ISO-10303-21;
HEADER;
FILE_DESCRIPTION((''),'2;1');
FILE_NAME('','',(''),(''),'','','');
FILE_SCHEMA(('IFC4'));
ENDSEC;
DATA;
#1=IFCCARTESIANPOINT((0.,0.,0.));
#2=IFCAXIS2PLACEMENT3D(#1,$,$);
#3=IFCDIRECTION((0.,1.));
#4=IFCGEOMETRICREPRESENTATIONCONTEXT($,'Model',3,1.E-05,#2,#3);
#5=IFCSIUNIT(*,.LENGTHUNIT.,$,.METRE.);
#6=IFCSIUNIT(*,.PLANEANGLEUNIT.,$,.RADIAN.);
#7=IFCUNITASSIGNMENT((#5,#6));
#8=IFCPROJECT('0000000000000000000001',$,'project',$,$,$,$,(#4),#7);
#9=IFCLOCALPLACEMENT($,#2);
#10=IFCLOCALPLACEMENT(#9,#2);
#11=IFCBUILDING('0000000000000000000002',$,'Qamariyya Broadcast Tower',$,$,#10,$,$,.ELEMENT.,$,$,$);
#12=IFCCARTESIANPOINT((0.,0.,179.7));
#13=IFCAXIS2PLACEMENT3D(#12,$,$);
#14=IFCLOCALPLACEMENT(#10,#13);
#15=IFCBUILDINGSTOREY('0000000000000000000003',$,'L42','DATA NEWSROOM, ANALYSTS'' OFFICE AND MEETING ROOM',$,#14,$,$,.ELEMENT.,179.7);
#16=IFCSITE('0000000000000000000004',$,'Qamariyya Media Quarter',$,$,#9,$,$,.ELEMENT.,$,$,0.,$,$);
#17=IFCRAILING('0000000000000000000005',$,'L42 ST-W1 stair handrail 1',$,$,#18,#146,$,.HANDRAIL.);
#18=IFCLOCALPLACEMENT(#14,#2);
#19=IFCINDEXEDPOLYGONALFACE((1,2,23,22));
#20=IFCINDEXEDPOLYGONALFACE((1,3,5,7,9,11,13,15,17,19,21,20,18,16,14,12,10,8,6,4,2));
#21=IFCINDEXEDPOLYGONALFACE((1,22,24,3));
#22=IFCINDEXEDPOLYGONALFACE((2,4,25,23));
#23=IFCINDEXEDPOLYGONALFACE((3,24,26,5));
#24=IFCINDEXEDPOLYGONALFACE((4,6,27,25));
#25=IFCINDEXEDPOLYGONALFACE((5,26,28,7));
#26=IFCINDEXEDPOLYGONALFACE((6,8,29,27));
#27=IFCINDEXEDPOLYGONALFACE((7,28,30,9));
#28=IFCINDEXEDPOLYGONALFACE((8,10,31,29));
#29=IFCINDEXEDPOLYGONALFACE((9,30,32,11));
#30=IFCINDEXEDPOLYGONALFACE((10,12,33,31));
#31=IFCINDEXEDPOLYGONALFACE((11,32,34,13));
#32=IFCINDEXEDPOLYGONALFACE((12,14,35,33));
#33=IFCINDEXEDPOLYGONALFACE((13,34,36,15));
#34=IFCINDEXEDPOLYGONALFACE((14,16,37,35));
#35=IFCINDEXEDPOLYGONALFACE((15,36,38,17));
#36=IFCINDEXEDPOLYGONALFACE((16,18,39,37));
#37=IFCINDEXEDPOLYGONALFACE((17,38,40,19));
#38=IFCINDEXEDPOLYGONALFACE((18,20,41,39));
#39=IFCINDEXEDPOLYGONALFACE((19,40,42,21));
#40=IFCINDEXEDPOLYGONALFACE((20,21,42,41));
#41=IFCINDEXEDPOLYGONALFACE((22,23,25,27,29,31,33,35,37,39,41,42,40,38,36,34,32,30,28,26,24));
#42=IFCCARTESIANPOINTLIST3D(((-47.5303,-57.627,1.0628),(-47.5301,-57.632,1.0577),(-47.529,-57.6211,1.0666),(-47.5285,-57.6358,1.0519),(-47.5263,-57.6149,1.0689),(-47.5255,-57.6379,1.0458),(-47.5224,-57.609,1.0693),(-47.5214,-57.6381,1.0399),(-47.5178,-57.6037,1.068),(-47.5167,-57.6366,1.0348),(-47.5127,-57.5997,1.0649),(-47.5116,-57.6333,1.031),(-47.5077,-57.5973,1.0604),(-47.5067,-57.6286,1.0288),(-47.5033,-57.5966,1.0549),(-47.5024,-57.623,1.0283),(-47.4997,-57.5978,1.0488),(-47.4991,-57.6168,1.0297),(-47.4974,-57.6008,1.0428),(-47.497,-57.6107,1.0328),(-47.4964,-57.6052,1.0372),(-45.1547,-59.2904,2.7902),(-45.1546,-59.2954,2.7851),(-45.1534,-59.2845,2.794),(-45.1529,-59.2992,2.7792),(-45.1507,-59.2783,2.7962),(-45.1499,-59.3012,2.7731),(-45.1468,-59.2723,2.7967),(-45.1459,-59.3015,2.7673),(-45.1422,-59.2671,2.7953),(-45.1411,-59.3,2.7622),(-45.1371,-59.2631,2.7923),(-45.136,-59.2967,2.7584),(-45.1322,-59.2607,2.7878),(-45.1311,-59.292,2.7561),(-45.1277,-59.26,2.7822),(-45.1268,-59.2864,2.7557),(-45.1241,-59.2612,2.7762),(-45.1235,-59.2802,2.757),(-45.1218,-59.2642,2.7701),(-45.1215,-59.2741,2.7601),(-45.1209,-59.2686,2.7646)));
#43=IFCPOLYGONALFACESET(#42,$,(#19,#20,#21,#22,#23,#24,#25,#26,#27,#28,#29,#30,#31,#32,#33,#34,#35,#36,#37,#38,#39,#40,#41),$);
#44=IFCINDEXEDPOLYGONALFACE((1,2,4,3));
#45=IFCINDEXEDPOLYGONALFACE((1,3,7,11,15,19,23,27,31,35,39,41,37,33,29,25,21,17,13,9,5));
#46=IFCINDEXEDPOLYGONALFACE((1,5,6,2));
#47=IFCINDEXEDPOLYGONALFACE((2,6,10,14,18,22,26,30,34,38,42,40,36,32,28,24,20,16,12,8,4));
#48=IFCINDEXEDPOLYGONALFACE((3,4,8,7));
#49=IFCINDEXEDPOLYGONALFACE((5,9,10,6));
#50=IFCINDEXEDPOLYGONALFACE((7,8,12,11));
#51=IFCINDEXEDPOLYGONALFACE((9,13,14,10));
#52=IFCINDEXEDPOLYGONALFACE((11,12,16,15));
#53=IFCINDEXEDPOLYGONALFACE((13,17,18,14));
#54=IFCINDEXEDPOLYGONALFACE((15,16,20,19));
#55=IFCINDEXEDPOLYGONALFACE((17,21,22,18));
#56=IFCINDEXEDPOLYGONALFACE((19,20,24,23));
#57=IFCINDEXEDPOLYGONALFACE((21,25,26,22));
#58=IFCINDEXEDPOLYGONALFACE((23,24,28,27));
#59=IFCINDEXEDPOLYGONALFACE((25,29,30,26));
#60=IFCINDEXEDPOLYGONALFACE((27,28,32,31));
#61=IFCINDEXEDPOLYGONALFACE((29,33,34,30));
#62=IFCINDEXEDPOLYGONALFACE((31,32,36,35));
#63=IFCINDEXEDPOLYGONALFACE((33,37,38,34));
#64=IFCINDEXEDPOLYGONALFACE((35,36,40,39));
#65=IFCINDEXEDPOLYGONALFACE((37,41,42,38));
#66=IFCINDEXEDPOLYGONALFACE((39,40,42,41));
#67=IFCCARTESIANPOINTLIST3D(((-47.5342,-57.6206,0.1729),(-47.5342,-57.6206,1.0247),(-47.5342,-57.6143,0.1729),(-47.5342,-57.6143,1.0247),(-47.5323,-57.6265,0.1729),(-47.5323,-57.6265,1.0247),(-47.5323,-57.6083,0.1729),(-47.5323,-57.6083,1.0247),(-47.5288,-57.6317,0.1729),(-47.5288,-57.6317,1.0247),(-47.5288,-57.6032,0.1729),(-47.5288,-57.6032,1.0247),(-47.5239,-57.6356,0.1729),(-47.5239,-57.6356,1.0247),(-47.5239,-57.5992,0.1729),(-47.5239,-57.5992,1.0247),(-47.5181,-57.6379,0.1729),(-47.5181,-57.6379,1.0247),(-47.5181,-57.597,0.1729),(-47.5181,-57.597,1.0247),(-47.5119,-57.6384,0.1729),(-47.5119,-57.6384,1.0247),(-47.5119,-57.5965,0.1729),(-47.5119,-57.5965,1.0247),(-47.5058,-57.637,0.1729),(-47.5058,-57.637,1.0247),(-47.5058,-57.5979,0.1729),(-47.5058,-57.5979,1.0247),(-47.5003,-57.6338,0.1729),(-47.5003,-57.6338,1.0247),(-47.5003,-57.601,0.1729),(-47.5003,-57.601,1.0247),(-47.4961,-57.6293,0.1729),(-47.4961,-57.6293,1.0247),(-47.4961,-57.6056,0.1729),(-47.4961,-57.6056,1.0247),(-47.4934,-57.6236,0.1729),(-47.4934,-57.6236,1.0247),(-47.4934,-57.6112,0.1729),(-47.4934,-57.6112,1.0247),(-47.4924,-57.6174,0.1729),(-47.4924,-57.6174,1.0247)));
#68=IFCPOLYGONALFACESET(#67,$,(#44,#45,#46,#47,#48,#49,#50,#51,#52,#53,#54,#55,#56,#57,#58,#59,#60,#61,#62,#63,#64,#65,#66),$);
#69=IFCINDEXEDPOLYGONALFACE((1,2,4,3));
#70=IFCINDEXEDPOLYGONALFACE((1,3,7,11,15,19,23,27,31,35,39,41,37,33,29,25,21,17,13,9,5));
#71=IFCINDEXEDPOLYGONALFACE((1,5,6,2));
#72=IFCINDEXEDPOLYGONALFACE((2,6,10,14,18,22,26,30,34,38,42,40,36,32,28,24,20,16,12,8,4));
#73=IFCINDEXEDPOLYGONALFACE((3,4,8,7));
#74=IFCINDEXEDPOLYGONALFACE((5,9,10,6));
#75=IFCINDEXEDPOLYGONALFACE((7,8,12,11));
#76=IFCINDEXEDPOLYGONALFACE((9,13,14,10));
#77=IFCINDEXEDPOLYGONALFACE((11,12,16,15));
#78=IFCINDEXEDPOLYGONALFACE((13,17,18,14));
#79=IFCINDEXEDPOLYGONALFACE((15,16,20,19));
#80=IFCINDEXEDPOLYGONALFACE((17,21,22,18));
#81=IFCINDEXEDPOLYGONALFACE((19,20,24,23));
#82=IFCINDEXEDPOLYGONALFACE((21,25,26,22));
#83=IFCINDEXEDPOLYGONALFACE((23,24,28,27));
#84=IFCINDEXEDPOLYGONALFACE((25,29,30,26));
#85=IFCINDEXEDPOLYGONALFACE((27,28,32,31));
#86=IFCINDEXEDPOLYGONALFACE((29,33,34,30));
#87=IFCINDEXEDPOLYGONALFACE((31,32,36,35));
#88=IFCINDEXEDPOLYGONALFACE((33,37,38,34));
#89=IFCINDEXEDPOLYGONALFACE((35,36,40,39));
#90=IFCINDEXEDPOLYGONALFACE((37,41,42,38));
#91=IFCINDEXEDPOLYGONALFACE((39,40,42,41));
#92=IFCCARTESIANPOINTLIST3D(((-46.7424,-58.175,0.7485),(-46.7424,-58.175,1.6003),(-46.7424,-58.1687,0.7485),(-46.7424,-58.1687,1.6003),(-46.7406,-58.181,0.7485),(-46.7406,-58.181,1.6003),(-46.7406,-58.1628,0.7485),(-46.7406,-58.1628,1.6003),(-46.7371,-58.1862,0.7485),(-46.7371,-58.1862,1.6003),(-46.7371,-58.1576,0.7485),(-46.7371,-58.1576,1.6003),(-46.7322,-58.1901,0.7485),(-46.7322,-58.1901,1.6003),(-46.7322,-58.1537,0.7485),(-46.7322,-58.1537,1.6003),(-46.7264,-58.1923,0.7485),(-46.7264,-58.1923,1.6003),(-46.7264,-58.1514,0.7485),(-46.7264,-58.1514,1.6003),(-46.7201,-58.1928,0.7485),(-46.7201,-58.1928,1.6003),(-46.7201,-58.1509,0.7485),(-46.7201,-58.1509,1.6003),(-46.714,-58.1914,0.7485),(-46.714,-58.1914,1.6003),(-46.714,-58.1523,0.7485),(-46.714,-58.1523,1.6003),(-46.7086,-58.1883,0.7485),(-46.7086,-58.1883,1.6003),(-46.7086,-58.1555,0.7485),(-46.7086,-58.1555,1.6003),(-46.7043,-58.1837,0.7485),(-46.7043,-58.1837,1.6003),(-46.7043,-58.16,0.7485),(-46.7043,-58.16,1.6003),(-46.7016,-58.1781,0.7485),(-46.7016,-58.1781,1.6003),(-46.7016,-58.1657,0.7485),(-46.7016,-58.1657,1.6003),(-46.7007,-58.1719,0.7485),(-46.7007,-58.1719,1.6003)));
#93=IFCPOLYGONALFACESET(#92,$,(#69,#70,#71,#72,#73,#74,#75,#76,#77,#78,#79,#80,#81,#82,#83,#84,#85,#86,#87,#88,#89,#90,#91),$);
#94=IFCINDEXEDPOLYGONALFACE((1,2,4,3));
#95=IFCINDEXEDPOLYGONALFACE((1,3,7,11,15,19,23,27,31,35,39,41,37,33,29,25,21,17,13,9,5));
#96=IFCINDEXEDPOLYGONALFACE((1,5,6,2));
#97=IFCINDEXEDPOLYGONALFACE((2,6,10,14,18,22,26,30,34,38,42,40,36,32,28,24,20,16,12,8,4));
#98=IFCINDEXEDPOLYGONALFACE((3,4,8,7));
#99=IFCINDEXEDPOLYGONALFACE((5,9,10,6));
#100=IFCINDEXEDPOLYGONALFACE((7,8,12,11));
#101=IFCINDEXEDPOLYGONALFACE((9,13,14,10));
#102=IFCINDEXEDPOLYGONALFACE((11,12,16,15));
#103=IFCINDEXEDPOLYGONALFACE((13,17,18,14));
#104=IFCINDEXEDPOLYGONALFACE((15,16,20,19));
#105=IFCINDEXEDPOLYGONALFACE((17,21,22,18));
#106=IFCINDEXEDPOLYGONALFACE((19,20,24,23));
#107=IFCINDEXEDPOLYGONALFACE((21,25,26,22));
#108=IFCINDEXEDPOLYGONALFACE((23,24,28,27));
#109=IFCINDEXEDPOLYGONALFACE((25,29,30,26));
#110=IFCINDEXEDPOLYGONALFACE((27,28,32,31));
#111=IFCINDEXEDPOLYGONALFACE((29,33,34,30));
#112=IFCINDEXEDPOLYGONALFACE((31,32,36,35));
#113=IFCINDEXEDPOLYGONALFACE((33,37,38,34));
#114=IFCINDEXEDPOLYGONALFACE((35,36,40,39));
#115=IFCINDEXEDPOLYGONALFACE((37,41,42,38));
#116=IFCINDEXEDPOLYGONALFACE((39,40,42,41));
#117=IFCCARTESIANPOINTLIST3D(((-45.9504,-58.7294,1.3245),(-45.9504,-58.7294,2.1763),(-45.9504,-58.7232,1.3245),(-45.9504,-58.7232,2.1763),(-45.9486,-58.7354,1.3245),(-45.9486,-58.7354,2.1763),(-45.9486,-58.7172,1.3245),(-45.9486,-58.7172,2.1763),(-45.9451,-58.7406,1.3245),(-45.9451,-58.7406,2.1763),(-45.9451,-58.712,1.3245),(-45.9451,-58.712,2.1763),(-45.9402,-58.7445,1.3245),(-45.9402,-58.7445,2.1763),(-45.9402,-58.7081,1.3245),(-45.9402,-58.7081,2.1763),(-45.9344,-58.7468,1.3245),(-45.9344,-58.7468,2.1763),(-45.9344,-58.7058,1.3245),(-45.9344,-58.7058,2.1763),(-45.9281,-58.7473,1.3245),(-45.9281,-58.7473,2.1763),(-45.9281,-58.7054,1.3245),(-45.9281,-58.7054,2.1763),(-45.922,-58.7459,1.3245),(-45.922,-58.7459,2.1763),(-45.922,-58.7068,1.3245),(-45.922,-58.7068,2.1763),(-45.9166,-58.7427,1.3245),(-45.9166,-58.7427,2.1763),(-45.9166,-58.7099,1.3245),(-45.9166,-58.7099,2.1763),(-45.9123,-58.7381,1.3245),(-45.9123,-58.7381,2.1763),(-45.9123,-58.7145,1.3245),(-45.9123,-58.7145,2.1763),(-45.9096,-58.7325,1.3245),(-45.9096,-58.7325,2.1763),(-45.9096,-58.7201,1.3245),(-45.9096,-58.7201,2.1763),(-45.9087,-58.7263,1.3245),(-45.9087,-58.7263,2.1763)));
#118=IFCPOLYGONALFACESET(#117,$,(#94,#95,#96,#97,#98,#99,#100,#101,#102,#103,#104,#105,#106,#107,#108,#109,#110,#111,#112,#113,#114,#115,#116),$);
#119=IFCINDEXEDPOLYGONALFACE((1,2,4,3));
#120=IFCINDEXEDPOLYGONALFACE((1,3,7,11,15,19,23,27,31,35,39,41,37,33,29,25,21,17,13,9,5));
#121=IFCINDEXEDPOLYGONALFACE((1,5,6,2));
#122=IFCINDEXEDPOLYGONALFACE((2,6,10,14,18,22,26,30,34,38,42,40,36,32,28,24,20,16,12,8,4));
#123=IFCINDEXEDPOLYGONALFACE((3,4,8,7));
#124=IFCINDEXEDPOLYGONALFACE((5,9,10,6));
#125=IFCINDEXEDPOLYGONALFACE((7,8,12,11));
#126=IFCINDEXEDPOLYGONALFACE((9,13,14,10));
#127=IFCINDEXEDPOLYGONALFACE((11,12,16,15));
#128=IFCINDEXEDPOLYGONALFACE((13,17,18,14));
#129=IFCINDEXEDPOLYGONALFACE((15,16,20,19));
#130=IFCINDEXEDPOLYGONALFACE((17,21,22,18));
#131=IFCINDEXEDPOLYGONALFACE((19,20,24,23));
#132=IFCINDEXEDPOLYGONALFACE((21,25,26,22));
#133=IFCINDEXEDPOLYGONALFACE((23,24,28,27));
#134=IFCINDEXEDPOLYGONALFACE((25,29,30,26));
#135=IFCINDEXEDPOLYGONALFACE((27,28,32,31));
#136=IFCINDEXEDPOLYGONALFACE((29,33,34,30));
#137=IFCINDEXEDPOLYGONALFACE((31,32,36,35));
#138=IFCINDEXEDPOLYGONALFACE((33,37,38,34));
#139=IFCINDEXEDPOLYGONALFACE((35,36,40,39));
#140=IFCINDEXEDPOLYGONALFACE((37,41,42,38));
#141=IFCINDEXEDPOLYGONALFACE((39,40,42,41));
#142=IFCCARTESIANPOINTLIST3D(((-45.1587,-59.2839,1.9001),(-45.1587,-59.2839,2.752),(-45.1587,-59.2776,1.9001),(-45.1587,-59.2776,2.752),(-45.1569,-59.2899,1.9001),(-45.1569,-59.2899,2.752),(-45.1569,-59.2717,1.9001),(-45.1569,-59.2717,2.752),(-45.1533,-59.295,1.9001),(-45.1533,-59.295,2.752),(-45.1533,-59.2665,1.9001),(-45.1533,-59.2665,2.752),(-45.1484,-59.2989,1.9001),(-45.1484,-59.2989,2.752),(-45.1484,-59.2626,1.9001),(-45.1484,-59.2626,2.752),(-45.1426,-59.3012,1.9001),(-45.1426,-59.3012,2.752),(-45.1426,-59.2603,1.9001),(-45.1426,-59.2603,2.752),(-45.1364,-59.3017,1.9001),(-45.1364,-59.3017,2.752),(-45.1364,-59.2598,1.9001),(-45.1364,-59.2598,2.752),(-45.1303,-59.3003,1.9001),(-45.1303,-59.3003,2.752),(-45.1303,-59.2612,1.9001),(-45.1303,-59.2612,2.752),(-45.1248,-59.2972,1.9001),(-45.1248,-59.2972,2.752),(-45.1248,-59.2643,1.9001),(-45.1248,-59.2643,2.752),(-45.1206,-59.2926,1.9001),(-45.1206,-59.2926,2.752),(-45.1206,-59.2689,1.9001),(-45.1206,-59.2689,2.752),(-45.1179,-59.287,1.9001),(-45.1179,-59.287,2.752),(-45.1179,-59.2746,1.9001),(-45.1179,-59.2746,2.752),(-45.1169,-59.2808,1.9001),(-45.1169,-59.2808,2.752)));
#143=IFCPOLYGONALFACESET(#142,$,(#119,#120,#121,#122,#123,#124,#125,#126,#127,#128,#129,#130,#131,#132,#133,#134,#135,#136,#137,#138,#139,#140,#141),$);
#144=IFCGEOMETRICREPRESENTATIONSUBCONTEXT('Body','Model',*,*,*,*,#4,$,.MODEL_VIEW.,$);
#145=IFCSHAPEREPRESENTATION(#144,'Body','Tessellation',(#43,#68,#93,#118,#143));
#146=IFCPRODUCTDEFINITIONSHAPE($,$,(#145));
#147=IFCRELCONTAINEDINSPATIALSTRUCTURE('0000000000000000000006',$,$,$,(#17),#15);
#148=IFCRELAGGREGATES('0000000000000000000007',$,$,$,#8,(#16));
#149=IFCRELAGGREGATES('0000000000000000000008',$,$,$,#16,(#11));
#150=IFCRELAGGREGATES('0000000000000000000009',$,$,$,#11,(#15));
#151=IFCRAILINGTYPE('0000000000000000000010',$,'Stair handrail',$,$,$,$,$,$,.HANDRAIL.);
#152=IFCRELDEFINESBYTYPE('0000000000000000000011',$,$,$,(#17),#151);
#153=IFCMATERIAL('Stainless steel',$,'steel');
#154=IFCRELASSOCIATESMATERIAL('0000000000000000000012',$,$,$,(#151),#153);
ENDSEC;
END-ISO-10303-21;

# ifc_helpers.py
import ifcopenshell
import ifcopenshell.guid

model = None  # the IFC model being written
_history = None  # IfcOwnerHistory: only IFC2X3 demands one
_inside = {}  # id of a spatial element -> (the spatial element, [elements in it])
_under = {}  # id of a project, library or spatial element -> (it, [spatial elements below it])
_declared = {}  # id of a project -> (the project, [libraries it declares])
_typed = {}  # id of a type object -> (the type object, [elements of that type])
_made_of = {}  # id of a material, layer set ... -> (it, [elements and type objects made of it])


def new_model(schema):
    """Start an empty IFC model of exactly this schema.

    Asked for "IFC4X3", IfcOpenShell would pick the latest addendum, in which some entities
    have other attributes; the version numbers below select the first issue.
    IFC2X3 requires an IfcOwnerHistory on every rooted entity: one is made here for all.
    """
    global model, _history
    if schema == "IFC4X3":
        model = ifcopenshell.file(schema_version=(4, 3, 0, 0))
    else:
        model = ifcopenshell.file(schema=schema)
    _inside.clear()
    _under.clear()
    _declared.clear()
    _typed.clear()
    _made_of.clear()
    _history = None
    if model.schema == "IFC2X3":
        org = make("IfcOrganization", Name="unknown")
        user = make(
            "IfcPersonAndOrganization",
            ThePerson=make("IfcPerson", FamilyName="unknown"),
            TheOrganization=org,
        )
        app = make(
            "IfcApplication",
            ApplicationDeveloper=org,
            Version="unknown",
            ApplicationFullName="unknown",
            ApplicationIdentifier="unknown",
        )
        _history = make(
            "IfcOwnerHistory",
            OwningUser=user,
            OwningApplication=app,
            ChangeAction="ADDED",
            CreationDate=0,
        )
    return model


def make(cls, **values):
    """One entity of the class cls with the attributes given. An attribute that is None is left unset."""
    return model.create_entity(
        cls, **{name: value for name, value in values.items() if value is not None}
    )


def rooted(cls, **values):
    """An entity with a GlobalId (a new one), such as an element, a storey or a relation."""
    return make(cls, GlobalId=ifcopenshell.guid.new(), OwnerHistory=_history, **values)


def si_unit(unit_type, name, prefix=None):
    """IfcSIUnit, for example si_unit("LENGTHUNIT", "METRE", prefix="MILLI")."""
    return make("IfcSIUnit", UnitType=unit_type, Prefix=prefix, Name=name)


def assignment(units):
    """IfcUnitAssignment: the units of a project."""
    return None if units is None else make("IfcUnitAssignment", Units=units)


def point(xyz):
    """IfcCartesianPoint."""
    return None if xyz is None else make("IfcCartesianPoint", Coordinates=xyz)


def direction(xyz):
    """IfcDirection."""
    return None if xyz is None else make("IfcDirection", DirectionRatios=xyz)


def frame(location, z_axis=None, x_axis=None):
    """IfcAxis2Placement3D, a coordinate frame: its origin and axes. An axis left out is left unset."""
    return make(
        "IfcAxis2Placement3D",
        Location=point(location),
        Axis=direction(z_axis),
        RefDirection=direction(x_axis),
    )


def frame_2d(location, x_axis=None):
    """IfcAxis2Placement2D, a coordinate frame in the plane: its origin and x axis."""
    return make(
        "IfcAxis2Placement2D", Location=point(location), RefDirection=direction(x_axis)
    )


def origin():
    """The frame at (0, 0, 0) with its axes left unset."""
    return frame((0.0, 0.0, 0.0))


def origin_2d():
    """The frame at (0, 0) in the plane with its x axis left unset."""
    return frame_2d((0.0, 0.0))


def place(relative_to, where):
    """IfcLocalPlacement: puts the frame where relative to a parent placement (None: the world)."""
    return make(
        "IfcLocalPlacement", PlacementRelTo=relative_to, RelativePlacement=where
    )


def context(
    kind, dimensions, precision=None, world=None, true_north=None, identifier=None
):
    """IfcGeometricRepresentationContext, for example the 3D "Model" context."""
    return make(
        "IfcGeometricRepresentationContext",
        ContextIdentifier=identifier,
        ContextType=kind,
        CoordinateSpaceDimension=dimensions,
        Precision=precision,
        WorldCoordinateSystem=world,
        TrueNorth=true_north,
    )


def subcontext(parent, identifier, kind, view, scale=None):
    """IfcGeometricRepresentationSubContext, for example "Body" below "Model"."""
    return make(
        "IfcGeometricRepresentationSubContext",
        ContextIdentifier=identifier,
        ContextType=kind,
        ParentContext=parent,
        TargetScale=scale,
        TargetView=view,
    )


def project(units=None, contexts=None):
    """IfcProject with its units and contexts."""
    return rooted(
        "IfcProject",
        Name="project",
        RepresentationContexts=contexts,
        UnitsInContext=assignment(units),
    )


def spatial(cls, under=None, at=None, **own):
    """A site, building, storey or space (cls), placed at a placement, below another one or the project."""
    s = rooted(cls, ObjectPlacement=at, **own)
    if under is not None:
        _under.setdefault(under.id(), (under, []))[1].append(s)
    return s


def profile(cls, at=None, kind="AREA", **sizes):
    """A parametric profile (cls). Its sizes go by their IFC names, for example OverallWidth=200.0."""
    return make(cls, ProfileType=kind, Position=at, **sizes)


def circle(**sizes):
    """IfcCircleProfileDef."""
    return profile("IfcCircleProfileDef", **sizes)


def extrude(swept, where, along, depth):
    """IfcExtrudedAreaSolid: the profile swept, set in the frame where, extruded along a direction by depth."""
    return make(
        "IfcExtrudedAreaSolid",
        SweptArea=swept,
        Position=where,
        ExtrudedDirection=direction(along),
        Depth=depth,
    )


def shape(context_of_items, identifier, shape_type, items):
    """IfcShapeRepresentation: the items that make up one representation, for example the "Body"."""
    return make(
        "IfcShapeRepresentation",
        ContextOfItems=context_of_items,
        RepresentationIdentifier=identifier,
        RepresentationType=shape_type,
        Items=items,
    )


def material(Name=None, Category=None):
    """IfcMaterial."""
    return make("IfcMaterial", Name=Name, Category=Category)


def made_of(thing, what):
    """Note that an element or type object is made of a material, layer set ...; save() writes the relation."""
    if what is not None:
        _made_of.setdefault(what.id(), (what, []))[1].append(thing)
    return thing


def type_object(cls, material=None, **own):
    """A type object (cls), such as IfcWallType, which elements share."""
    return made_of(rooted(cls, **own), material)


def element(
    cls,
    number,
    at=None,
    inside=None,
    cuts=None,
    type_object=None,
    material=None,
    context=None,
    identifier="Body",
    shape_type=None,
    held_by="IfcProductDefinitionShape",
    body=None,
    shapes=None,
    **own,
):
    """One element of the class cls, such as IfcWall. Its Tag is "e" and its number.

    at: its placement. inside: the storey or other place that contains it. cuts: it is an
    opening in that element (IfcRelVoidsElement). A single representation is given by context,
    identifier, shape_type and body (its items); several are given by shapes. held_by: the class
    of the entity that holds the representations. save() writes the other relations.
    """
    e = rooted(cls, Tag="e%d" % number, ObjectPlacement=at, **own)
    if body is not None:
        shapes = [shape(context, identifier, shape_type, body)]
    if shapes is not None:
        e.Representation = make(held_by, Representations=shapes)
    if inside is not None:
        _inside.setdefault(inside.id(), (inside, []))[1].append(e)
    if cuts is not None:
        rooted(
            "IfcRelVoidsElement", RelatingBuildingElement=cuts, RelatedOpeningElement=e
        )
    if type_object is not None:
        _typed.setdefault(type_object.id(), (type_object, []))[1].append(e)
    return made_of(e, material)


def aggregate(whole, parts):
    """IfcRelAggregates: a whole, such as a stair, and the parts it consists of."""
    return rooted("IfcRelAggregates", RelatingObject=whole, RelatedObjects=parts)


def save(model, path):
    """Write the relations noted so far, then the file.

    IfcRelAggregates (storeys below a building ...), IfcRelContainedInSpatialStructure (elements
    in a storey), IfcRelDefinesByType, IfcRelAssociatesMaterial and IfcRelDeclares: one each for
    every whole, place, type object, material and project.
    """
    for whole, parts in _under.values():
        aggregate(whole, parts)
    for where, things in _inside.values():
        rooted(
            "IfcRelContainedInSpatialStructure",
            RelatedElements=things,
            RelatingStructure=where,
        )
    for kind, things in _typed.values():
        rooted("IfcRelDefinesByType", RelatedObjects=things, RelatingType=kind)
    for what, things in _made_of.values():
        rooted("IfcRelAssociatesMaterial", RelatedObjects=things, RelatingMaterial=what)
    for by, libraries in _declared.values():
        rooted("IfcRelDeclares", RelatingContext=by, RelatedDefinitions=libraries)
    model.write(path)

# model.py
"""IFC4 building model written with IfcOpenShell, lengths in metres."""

from ifc_helpers import new_model, si_unit, direction, frame, origin, origin_2d, place, context, subcontext, project, spatial, circle, extrude, material, type_object, element, save


model = new_model("IFC4")

# Units and contexts
model_context = context("Model", 3, precision=1e-05, world=origin(), true_north=direction((0.0, 1.0)))
body_context = subcontext(model_context, "Body", "Model", "MODEL_VIEW")
ifc_project = project(units=[si_unit("LENGTHUNIT", "METRE"), si_unit("PLANEANGLEUNIT", "RADIAN")], contexts=[model_context])

# Site, building, storey
site_placement = place(None, origin())
site = spatial("IfcSite", under=ifc_project, at=site_placement, Name="Qamariyya Media Quarter", CompositionType="ELEMENT", RefElevation=0.0)
building_placement = place(site_placement, origin())
building = spatial("IfcBuilding", under=site, at=building_placement, Name="Qamariyya Broadcast Tower", CompositionType="ELEMENT")
storey_placement = place(building_placement, frame((0.0, 0.0, 179.7)))
storey = spatial("IfcBuildingStorey", under=building, at=storey_placement, Name="L42", Description="DATA NEWSROOM, ANALYSTS' OFFICE AND MEETING ROOM", CompositionType="ELEMENT", Elevation=179.7)

# Railing
ifc_material_1 = material(Name="Stainless steel", Category="steel")
railing_type_1 = type_object("IfcRailingType", Name="Stair handrail", PredefinedType="HANDRAIL", material=ifc_material_1)
railing_1_placement = place(storey_placement, frame((-47.5134, -57.6174, 0.1729)))
element("IfcRailing", 1, at=railing_1_placement, inside=storey, type_object=railing_type_1, Name="L42 ST-W1 stair handrail 1", PredefinedType="HANDRAIL", context=body_context, shape_type="SweptSolid", body=[
    extrude(circle(Radius=0.0239, at=origin_2d()), frame((0.0, 0.0, 0.876), z_axis=(0.70377, -0.492784, 0.511734), x_axis=(0.573575, 0.819153, 0.0)), (0.0, 0.0, 1.0), 3.3755),
    extrude(circle(Radius=0.021, at=origin_2d()), origin(), (0.0, 0.0, 1.0), 0.8518),
    extrude(circle(Radius=0.021, at=origin_2d()), frame((0.7917, -0.5544, 0.5757)), (0.0, 0.0, 1.0), 0.8518),
    extrude(circle(Radius=0.021, at=origin_2d()), frame((1.5837, -1.1089, 1.1516)), (0.0, 0.0, 1.0), 0.8518),
    extrude(circle(Radius=0.021, at=origin_2d()), frame((2.3755, -1.6633, 1.7273)), (0.0, 0.0, 1.0), 0.8518),
])

save(model, "model.ifc")
